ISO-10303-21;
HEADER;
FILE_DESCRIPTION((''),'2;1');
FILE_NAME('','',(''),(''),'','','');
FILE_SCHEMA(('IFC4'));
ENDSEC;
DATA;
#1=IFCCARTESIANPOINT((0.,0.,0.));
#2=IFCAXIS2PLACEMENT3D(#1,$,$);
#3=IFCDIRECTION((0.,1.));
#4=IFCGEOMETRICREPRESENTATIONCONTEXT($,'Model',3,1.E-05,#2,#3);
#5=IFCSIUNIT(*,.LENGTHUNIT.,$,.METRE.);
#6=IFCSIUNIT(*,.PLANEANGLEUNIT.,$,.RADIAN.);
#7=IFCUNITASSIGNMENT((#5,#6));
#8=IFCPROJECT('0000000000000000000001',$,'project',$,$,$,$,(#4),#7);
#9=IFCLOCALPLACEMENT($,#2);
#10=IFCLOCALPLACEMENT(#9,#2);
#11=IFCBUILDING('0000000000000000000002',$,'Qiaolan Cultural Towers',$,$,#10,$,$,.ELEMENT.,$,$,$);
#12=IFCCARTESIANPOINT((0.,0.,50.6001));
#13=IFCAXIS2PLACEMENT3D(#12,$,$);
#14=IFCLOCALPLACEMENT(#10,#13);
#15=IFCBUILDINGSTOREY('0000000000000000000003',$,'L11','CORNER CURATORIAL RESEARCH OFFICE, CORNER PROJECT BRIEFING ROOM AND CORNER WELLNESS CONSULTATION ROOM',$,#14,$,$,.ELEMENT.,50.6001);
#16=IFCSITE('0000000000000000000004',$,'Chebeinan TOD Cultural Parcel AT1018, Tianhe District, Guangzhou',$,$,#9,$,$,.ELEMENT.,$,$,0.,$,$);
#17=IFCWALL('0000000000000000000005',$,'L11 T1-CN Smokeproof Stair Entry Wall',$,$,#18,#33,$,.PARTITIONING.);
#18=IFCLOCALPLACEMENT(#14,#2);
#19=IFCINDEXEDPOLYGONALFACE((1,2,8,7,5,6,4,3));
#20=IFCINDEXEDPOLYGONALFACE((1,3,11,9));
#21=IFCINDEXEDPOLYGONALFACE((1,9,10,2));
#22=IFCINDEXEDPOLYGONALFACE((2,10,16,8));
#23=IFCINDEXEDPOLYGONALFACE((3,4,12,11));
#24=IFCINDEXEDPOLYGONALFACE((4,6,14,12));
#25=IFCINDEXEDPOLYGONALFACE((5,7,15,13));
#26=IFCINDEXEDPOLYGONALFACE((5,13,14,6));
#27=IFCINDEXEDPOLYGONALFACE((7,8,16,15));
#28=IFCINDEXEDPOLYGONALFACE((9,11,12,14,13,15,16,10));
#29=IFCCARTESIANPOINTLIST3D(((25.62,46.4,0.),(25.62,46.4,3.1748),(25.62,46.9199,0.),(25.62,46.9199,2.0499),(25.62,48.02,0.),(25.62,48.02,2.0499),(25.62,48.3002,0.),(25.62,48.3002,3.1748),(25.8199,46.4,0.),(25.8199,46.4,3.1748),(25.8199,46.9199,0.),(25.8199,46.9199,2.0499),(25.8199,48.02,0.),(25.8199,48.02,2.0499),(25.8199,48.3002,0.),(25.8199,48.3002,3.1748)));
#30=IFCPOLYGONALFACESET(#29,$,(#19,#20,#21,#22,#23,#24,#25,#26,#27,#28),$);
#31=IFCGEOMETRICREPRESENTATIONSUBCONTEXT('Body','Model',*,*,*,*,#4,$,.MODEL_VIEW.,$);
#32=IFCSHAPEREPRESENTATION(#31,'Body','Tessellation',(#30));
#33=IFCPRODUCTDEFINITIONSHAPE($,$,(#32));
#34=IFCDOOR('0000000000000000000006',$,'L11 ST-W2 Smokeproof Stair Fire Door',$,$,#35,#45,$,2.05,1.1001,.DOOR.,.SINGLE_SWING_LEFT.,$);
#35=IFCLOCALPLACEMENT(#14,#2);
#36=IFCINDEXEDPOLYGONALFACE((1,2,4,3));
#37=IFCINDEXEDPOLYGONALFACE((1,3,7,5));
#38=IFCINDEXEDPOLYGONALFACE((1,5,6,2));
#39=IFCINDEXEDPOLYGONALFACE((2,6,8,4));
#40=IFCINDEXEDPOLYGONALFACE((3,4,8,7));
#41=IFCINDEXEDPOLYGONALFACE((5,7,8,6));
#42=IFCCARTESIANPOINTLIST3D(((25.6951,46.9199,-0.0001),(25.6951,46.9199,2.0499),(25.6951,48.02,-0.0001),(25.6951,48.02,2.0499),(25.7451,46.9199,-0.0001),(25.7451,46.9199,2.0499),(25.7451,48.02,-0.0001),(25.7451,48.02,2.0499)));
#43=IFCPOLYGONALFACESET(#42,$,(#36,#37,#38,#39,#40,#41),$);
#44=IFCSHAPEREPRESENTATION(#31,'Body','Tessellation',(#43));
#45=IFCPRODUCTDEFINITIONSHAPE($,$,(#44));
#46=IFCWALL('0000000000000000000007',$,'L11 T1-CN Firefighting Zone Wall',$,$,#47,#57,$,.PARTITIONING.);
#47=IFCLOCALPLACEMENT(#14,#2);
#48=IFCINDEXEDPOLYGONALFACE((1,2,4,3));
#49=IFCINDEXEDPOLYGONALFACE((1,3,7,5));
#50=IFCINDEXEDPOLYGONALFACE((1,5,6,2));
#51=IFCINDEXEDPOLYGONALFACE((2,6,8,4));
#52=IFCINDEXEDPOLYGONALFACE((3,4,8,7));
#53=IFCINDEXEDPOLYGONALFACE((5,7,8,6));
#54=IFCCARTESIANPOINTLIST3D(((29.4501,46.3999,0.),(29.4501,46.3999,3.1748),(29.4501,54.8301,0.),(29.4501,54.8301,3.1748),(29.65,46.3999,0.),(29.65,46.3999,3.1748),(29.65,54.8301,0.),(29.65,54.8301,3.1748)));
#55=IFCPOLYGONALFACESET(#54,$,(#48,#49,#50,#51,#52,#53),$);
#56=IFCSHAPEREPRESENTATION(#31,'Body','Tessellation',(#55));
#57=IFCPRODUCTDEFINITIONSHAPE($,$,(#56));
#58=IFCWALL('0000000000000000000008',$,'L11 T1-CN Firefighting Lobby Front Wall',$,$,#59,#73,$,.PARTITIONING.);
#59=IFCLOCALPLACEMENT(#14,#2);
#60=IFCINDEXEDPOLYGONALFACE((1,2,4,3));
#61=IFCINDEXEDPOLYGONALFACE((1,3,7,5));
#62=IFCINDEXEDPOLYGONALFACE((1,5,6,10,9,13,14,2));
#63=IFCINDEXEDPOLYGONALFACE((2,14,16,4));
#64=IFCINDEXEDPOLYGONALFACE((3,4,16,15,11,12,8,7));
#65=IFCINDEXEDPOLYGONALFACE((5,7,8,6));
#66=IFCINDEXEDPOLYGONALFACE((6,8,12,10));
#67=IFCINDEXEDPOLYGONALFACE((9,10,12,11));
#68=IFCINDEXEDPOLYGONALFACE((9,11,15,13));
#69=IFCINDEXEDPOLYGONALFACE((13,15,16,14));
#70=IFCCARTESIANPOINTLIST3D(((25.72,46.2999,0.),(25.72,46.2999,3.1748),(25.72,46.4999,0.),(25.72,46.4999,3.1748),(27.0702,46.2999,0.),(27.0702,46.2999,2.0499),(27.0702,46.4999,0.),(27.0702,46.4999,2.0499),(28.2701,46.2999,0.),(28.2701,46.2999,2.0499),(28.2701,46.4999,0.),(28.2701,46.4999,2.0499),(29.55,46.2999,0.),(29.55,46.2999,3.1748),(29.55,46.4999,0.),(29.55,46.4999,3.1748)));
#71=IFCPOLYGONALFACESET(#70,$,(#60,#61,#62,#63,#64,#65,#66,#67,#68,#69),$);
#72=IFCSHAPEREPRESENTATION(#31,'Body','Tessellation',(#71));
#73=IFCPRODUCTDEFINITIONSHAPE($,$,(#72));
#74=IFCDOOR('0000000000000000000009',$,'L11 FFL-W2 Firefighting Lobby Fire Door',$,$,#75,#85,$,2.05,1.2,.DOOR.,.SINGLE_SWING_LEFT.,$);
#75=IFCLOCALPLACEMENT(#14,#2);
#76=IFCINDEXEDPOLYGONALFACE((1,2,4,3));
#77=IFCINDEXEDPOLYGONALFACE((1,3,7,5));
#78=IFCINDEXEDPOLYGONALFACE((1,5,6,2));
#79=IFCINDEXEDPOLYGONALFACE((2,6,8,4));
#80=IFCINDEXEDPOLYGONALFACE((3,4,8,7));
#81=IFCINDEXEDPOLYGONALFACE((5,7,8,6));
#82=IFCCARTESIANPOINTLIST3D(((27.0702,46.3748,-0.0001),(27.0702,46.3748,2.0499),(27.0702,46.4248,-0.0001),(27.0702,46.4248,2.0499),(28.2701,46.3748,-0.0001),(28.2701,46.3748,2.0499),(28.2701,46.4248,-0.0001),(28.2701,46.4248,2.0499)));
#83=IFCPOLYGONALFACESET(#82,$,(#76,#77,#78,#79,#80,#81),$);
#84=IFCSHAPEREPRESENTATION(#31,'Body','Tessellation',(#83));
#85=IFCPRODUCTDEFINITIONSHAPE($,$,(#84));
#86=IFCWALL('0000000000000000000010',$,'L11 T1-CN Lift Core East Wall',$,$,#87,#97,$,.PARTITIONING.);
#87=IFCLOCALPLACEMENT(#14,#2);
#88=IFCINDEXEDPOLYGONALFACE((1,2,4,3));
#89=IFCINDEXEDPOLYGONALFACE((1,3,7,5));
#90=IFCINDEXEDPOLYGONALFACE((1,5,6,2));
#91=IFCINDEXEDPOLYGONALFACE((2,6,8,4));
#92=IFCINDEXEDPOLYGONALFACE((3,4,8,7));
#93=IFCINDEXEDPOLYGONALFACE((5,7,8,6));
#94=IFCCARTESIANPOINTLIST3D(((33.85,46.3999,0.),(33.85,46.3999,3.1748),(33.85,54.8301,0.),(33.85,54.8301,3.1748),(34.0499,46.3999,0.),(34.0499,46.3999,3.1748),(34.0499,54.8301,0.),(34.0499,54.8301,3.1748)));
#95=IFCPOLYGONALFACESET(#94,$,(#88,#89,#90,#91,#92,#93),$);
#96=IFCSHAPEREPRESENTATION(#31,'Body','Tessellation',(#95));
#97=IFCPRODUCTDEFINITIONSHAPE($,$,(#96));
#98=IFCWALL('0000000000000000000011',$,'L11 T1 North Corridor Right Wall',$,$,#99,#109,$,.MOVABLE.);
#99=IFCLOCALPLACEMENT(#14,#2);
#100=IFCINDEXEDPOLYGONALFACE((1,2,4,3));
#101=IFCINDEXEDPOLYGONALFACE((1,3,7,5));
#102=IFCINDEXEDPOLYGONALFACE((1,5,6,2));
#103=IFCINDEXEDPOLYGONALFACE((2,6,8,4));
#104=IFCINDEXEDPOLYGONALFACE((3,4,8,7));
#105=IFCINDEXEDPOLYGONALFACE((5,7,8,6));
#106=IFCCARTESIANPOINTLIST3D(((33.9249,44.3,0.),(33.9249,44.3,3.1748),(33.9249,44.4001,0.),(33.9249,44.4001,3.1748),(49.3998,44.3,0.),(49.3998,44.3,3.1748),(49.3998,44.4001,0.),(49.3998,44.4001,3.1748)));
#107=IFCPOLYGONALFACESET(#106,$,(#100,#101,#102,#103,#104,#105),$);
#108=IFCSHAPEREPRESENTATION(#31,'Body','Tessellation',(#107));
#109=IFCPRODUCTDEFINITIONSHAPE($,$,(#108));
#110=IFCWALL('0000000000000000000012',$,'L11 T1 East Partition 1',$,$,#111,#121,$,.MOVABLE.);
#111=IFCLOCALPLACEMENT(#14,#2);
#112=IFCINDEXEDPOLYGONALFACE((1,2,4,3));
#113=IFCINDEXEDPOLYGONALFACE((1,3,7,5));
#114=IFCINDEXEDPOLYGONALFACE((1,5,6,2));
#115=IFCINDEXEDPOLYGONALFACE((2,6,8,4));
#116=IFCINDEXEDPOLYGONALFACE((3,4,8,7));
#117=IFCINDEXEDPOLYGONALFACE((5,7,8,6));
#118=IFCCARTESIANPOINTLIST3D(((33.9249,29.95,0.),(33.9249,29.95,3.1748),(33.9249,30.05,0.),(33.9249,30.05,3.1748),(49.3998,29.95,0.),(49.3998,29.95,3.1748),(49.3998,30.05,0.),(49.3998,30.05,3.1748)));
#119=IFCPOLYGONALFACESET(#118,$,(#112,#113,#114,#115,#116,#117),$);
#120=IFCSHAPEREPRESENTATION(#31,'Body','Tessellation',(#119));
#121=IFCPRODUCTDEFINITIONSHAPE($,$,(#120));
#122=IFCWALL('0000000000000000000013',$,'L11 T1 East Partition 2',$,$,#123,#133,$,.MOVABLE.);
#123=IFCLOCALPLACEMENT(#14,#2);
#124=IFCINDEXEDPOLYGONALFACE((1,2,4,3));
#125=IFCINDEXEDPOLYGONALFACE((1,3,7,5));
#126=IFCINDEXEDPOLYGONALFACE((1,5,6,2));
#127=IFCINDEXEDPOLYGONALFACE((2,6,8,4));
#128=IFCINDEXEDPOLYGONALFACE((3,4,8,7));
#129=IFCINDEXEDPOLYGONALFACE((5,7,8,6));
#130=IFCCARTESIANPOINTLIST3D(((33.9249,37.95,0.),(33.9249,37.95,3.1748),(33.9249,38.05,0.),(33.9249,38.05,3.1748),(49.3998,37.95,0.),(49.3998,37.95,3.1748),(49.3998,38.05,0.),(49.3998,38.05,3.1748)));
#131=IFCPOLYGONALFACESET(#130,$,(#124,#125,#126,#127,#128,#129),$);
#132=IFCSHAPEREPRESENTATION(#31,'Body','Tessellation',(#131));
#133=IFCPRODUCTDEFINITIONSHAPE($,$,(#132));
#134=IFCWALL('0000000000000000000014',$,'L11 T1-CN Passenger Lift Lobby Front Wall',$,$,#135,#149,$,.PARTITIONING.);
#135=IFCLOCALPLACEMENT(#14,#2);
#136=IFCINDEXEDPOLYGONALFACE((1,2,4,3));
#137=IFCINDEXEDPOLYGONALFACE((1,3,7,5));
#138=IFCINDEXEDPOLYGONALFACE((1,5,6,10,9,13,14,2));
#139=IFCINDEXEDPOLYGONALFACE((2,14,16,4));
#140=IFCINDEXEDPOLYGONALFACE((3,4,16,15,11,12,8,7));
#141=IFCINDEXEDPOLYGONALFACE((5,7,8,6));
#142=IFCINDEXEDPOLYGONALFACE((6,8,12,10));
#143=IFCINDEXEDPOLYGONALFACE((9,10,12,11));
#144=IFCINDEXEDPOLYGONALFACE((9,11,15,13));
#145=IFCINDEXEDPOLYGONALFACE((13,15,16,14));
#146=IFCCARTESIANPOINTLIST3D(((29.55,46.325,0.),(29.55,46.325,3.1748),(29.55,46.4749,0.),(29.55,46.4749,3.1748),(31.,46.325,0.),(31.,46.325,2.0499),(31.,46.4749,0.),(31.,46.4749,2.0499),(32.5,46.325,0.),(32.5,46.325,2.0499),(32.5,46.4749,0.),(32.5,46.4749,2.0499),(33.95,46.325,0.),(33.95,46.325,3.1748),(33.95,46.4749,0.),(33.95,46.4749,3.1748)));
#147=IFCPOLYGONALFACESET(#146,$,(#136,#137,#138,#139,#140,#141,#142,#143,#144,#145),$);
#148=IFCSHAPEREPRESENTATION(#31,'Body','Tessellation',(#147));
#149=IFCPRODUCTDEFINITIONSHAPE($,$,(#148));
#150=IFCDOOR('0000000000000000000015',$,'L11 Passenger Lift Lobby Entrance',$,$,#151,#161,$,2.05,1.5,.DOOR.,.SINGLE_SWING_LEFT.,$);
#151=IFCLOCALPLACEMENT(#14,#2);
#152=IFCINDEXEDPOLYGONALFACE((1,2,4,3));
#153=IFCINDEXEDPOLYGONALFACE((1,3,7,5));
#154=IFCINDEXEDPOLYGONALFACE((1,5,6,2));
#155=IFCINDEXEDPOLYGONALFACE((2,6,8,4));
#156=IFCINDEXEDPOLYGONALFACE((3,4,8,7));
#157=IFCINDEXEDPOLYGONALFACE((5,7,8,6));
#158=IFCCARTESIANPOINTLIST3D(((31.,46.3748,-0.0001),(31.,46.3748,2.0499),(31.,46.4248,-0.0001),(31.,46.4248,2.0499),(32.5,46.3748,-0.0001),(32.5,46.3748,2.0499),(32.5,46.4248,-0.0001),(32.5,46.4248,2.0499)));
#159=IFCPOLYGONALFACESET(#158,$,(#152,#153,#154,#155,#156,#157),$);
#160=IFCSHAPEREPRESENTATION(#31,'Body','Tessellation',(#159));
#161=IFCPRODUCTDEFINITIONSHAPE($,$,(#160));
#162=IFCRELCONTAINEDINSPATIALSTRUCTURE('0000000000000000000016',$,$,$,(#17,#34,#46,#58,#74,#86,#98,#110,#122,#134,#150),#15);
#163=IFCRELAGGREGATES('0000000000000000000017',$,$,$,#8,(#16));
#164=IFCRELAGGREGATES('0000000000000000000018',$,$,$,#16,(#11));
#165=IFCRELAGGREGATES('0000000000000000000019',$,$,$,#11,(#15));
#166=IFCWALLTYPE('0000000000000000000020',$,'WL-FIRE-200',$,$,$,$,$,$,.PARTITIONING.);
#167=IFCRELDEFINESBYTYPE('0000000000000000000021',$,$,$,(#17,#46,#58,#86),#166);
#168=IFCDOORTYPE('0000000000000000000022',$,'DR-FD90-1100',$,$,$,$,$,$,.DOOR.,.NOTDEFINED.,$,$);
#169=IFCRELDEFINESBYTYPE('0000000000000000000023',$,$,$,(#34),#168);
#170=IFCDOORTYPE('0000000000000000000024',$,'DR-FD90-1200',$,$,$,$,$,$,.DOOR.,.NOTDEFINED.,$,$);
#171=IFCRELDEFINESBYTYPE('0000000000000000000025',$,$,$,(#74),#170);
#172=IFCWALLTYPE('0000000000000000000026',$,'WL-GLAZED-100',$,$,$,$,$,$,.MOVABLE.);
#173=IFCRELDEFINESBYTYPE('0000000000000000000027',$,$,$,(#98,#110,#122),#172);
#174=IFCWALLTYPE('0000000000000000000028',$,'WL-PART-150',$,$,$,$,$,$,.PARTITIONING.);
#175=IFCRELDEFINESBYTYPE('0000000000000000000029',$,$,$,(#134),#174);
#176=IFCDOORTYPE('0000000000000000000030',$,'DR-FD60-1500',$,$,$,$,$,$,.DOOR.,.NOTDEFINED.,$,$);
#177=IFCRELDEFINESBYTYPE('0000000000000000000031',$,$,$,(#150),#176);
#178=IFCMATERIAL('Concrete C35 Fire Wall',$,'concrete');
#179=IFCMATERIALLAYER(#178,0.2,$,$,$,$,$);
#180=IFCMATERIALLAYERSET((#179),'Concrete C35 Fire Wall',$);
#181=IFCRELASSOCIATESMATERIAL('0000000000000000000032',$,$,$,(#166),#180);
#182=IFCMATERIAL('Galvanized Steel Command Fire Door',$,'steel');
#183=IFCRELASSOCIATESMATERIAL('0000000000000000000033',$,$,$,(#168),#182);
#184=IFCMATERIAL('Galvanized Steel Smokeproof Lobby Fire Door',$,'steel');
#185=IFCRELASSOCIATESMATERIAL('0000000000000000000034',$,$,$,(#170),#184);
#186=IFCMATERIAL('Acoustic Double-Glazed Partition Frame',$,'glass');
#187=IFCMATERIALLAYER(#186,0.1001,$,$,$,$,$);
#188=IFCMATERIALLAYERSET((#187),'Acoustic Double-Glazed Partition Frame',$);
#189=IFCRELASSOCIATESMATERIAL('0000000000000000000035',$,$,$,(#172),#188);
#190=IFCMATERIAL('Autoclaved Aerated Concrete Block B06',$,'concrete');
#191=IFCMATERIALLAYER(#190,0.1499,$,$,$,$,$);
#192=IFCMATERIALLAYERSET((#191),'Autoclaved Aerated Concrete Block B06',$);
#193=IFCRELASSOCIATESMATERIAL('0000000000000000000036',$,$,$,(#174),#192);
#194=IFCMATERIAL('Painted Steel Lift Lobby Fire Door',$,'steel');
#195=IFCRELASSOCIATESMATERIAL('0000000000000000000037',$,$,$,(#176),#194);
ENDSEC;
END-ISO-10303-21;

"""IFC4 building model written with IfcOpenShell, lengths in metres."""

from ifc_helpers import new_model, si_unit, direction, frame, frame_2d, origin, place, context, subcontext, project, spatial, rectangle, extrude, material, layer, layer_set, type_object, element, fill, save


model = new_model("IFC4")

# Units and contexts
model_context = context("Model", 3, precision=1e-05, world=origin(), true_north=direction((0.0, 1.0)))
body_context = subcontext(model_context, "Body", "Model", "MODEL_VIEW")
ifc_project = project(units=[si_unit("LENGTHUNIT", "METRE"), si_unit("PLANEANGLEUNIT", "RADIAN")], contexts=[model_context])

# Site, building, storey
site_placement = place(None, origin())
site = spatial("IfcSite", under=ifc_project, at=site_placement, Name="Chebeinan TOD Cultural Parcel AT1018, Tianhe District, Guangzhou", CompositionType="ELEMENT", RefElevation=0.0)
building_placement = place(site_placement, origin())
building = spatial("IfcBuilding", under=site, at=building_placement, Name="Qiaolan Cultural Towers", CompositionType="ELEMENT")
storey_placement = place(building_placement, frame((0.0, 0.0, 50.6001)))
storey = spatial("IfcBuildingStorey", under=building, at=storey_placement, Name="L11", Description="CORNER CURATORIAL RESEARCH OFFICE, CORNER PROJECT BRIEFING ROOM AND CORNER WELLNESS CONSULTATION ROOM", CompositionType="ELEMENT", Elevation=50.6001)

# Wall, opening, door
ifc_material_1 = material(Name="Concrete C35 Fire Wall", Category="concrete")
ifc_layer_1 = layer(ifc_material_1, 0.2)
ifc_layer_set_1 = layer_set([ifc_layer_1], Name="Concrete C35 Fire Wall")
wall_type_1 = type_object("IfcWallType", Name="WL-FIRE-200", PredefinedType="PARTITIONING", material=ifc_layer_set_1)
wall_1_placement = place(storey_placement, frame((25.72, 46.3999, 0.0), z_axis=(0.0, 0.0, 1.0), x_axis=(0.0, 1.0, 0.0)))
wall_1 = element("IfcWall", 1, at=wall_1_placement, inside=storey, type_object=wall_type_1, Name="L11 T1-CN Smokeproof Stair Entry Wall", PredefinedType="PARTITIONING", context=body_context, shape_type="SweptSolid", body=[
    extrude(rectangle(XDim=1.9001, YDim=0.2, at=frame_2d((0.9502, 0.0))), origin(), (0.0, 0.0, 1.0), 3.1748),
])
opening_1_placement = place(wall_1_placement, frame((0.52, 0.0, 0.0)))
opening_1 = element("IfcOpeningElement", 2, at=opening_1_placement, cuts=wall_1, PredefinedType="OPENING", context=body_context, shape_type="SweptSolid", body=[
    extrude(rectangle(XDim=1.1001, YDim=2.05, at=frame_2d((0.55, 1.0249))), frame((0.0, 0.1099, 0.0), z_axis=(0.0, -1.0, 0.0), x_axis=(1.0, 0.0, 0.0)), (0.0, 0.0, 1.0), 0.22),
])
ifc_material_2 = material(Name="Galvanized Steel Command Fire Door", Category="steel")
door_type_1 = type_object("IfcDoorType", Name="DR-FD90-1100", OperationType="NOTDEFINED", PredefinedType="DOOR", material=ifc_material_2)
door_1_placement = place(opening_1_placement, origin())
door_1 = element("IfcDoor", 3, at=door_1_placement, inside=storey, type_object=door_type_1, Name="L11 ST-W2 Smokeproof Stair Fire Door", OperationType="SINGLE_SWING_LEFT", OverallHeight=2.05, OverallWidth=1.1001, PredefinedType="DOOR", context=body_context, shape_type="SweptSolid", body=[
    extrude(rectangle(XDim=1.1001, YDim=2.05, at=frame_2d((0.55, 1.0249))), frame((0.0, 0.0249, 0.0), z_axis=(0.0, -1.0, 0.0), x_axis=(1.0, 0.0, 0.0)), (0.0, 0.0, 1.0), 0.05),
])
fill(opening_1, door_1)

# Wall
wall_2_placement = place(storey_placement, frame((29.55, 46.3999, 0.0), z_axis=(0.0, 0.0, 1.0), x_axis=(0.0, 1.0, 0.0)))
element("IfcWall", 4, at=wall_2_placement, inside=storey, type_object=wall_type_1, Name="L11 T1-CN Firefighting Zone Wall", PredefinedType="PARTITIONING", context=body_context, shape_type="SweptSolid", body=[
    extrude(rectangle(XDim=8.4302, YDim=0.2, at=frame_2d((4.2151, 0.0))), origin(), (0.0, 0.0, 1.0), 3.1748),
])

# Wall, opening, door
wall_3_placement = place(storey_placement, frame((25.72, 46.3999, 0.0), z_axis=(0.0, 0.0, 1.0), x_axis=(1.0, 0.0, 0.0)))
wall_3 = element("IfcWall", 5, at=wall_3_placement, inside=storey, type_object=wall_type_1, Name="L11 T1-CN Firefighting Lobby Front Wall", PredefinedType="PARTITIONING", context=body_context, shape_type="SweptSolid", body=[
    extrude(rectangle(XDim=3.8301, YDim=0.2, at=frame_2d((1.915, 0.0))), origin(), (0.0, 0.0, 1.0), 3.1748),
])
opening_2_placement = place(wall_3_placement, frame((1.3501, 0.0, 0.0)))
opening_2 = element("IfcOpeningElement", 6, at=opening_2_placement, cuts=wall_3, PredefinedType="OPENING", context=body_context, shape_type="SweptSolid", body=[
    extrude(rectangle(XDim=1.2, YDim=2.05, at=frame_2d((0.6001, 1.0249))), frame((0.0, 0.1099, 0.0), z_axis=(0.0, -1.0, 0.0), x_axis=(1.0, 0.0, 0.0)), (0.0, 0.0, 1.0), 0.22),
])
ifc_material_3 = material(Name="Galvanized Steel Smokeproof Lobby Fire Door", Category="steel")
door_type_2 = type_object("IfcDoorType", Name="DR-FD90-1200", OperationType="NOTDEFINED", PredefinedType="DOOR", material=ifc_material_3)
door_2_placement = place(opening_2_placement, origin())
door_2 = element("IfcDoor", 7, at=door_2_placement, inside=storey, type_object=door_type_2, Name="L11 FFL-W2 Firefighting Lobby Fire Door", OperationType="SINGLE_SWING_LEFT", OverallHeight=2.05, OverallWidth=1.2, PredefinedType="DOOR", context=body_context, shape_type="SweptSolid", body=[
    extrude(rectangle(XDim=1.2, YDim=2.05, at=frame_2d((0.6001, 1.0249))), frame((0.0, 0.0249, 0.0), z_axis=(0.0, -1.0, 0.0), x_axis=(1.0, 0.0, 0.0)), (0.0, 0.0, 1.0), 0.05),
])
fill(opening_2, door_2)

# Walls
wall_4_placement = place(storey_placement, frame((33.95, 46.3999, 0.0), z_axis=(0.0, 0.0, 1.0), x_axis=(0.0, 1.0, 0.0)))
element("IfcWall", 8, at=wall_4_placement, inside=storey, type_object=wall_type_1, Name="L11 T1-CN Lift Core East Wall", PredefinedType="PARTITIONING", context=body_context, shape_type="SweptSolid", body=[
    extrude(rectangle(XDim=8.4302, YDim=0.2, at=frame_2d((4.2151, 0.0))), origin(), (0.0, 0.0, 1.0), 3.1748),
])
ifc_material_4 = material(Name="Acoustic Double-Glazed Partition Frame", Category="glass")
ifc_layer_2 = layer(ifc_material_4, 0.1001)
ifc_layer_set_2 = layer_set([ifc_layer_2], Name="Acoustic Double-Glazed Partition Frame")
wall_type_2 = type_object("IfcWallType", Name="WL-GLAZED-100", PredefinedType="MOVABLE", material=ifc_layer_set_2)
for number, where, z_axis, x_axis, name in (
    (9, (33.925, 44.3501, 0.0), (0.0, 0.0, 1.0), (1.0, 0.0, 0.0), "L11 T1 North Corridor Right Wall"),
    (10, (33.925, 30.0, 0.0), (0.0, 0.0, 1.0), (1.0, 0.0, 0.0), "L11 T1 East Partition 1"),
    (11, (33.925, 38.0, 0.0), (0.0, 0.0, 1.0), (1.0, 0.0, 0.0), "L11 T1 East Partition 2"),
):
    element("IfcWall", number, at=place(storey_placement, frame(where, z_axis=z_axis, x_axis=x_axis)), inside=storey, type_object=wall_type_2, Name=name, PredefinedType="MOVABLE", context=body_context, shape_type="SweptSolid", body=[
        extrude(rectangle(XDim=15.4749, YDim=0.1001, at=frame_2d((7.7373, 0.0))), origin(), (0.0, 0.0, 1.0), 3.1748),
    ])

# Wall, opening, door
ifc_material_5 = material(Name="Autoclaved Aerated Concrete Block B06", Category="concrete")
ifc_layer_3 = layer(ifc_material_5, 0.1499)
ifc_layer_set_3 = layer_set([ifc_layer_3], Name="Autoclaved Aerated Concrete Block B06")
wall_type_3 = type_object("IfcWallType", Name="WL-PART-150", PredefinedType="PARTITIONING", material=ifc_layer_set_3)
wall_5_placement = place(storey_placement, frame((29.55, 46.3999, 0.0), z_axis=(0.0, 0.0, 1.0), x_axis=(1.0, 0.0, 0.0)))
wall_5 = element("IfcWall", 12, at=wall_5_placement, inside=storey, type_object=wall_type_3, Name="L11 T1-CN Passenger Lift Lobby Front Wall", PredefinedType="PARTITIONING", context=body_context, shape_type="SweptSolid", body=[
    extrude(rectangle(XDim=4.3999, YDim=0.1499, at=frame_2d((2.2, 0.0))), origin(), (0.0, 0.0, 1.0), 3.1748),
])
opening_3_placement = place(wall_5_placement, frame((1.45, 0.0, 0.0)))
opening_3 = element("IfcOpeningElement", 13, at=opening_3_placement, cuts=wall_5, PredefinedType="OPENING", context=body_context, shape_type="SweptSolid", body=[
    extrude(rectangle(XDim=1.5, YDim=2.05, at=frame_2d((0.75, 1.0249))), frame((0.0, 0.085, 0.0), z_axis=(0.0, -1.0, 0.0), x_axis=(1.0, 0.0, 0.0)), (0.0, 0.0, 1.0), 0.1699),
])
ifc_material_6 = material(Name="Painted Steel Lift Lobby Fire Door", Category="steel")
door_type_3 = type_object("IfcDoorType", Name="DR-FD60-1500", OperationType="NOTDEFINED", PredefinedType="DOOR", material=ifc_material_6)
door_3_placement = place(opening_3_placement, origin())
door_3 = element("IfcDoor", 14, at=door_3_placement, inside=storey, type_object=door_type_3, Name="L11 Passenger Lift Lobby Entrance", OperationType="SINGLE_SWING_LEFT", OverallHeight=2.05, OverallWidth=1.5, PredefinedType="DOOR", context=body_context, shape_type="SweptSolid", body=[
    extrude(rectangle(XDim=1.5, YDim=2.05, at=frame_2d((0.75, 1.0249))), frame((0.0, 0.0249, 0.0), z_axis=(0.0, -1.0, 0.0), x_axis=(1.0, 0.0, 0.0)), (0.0, 0.0, 1.0), 0.05),
])
fill(opening_3, door_3)

save(model, "model.ifc")
